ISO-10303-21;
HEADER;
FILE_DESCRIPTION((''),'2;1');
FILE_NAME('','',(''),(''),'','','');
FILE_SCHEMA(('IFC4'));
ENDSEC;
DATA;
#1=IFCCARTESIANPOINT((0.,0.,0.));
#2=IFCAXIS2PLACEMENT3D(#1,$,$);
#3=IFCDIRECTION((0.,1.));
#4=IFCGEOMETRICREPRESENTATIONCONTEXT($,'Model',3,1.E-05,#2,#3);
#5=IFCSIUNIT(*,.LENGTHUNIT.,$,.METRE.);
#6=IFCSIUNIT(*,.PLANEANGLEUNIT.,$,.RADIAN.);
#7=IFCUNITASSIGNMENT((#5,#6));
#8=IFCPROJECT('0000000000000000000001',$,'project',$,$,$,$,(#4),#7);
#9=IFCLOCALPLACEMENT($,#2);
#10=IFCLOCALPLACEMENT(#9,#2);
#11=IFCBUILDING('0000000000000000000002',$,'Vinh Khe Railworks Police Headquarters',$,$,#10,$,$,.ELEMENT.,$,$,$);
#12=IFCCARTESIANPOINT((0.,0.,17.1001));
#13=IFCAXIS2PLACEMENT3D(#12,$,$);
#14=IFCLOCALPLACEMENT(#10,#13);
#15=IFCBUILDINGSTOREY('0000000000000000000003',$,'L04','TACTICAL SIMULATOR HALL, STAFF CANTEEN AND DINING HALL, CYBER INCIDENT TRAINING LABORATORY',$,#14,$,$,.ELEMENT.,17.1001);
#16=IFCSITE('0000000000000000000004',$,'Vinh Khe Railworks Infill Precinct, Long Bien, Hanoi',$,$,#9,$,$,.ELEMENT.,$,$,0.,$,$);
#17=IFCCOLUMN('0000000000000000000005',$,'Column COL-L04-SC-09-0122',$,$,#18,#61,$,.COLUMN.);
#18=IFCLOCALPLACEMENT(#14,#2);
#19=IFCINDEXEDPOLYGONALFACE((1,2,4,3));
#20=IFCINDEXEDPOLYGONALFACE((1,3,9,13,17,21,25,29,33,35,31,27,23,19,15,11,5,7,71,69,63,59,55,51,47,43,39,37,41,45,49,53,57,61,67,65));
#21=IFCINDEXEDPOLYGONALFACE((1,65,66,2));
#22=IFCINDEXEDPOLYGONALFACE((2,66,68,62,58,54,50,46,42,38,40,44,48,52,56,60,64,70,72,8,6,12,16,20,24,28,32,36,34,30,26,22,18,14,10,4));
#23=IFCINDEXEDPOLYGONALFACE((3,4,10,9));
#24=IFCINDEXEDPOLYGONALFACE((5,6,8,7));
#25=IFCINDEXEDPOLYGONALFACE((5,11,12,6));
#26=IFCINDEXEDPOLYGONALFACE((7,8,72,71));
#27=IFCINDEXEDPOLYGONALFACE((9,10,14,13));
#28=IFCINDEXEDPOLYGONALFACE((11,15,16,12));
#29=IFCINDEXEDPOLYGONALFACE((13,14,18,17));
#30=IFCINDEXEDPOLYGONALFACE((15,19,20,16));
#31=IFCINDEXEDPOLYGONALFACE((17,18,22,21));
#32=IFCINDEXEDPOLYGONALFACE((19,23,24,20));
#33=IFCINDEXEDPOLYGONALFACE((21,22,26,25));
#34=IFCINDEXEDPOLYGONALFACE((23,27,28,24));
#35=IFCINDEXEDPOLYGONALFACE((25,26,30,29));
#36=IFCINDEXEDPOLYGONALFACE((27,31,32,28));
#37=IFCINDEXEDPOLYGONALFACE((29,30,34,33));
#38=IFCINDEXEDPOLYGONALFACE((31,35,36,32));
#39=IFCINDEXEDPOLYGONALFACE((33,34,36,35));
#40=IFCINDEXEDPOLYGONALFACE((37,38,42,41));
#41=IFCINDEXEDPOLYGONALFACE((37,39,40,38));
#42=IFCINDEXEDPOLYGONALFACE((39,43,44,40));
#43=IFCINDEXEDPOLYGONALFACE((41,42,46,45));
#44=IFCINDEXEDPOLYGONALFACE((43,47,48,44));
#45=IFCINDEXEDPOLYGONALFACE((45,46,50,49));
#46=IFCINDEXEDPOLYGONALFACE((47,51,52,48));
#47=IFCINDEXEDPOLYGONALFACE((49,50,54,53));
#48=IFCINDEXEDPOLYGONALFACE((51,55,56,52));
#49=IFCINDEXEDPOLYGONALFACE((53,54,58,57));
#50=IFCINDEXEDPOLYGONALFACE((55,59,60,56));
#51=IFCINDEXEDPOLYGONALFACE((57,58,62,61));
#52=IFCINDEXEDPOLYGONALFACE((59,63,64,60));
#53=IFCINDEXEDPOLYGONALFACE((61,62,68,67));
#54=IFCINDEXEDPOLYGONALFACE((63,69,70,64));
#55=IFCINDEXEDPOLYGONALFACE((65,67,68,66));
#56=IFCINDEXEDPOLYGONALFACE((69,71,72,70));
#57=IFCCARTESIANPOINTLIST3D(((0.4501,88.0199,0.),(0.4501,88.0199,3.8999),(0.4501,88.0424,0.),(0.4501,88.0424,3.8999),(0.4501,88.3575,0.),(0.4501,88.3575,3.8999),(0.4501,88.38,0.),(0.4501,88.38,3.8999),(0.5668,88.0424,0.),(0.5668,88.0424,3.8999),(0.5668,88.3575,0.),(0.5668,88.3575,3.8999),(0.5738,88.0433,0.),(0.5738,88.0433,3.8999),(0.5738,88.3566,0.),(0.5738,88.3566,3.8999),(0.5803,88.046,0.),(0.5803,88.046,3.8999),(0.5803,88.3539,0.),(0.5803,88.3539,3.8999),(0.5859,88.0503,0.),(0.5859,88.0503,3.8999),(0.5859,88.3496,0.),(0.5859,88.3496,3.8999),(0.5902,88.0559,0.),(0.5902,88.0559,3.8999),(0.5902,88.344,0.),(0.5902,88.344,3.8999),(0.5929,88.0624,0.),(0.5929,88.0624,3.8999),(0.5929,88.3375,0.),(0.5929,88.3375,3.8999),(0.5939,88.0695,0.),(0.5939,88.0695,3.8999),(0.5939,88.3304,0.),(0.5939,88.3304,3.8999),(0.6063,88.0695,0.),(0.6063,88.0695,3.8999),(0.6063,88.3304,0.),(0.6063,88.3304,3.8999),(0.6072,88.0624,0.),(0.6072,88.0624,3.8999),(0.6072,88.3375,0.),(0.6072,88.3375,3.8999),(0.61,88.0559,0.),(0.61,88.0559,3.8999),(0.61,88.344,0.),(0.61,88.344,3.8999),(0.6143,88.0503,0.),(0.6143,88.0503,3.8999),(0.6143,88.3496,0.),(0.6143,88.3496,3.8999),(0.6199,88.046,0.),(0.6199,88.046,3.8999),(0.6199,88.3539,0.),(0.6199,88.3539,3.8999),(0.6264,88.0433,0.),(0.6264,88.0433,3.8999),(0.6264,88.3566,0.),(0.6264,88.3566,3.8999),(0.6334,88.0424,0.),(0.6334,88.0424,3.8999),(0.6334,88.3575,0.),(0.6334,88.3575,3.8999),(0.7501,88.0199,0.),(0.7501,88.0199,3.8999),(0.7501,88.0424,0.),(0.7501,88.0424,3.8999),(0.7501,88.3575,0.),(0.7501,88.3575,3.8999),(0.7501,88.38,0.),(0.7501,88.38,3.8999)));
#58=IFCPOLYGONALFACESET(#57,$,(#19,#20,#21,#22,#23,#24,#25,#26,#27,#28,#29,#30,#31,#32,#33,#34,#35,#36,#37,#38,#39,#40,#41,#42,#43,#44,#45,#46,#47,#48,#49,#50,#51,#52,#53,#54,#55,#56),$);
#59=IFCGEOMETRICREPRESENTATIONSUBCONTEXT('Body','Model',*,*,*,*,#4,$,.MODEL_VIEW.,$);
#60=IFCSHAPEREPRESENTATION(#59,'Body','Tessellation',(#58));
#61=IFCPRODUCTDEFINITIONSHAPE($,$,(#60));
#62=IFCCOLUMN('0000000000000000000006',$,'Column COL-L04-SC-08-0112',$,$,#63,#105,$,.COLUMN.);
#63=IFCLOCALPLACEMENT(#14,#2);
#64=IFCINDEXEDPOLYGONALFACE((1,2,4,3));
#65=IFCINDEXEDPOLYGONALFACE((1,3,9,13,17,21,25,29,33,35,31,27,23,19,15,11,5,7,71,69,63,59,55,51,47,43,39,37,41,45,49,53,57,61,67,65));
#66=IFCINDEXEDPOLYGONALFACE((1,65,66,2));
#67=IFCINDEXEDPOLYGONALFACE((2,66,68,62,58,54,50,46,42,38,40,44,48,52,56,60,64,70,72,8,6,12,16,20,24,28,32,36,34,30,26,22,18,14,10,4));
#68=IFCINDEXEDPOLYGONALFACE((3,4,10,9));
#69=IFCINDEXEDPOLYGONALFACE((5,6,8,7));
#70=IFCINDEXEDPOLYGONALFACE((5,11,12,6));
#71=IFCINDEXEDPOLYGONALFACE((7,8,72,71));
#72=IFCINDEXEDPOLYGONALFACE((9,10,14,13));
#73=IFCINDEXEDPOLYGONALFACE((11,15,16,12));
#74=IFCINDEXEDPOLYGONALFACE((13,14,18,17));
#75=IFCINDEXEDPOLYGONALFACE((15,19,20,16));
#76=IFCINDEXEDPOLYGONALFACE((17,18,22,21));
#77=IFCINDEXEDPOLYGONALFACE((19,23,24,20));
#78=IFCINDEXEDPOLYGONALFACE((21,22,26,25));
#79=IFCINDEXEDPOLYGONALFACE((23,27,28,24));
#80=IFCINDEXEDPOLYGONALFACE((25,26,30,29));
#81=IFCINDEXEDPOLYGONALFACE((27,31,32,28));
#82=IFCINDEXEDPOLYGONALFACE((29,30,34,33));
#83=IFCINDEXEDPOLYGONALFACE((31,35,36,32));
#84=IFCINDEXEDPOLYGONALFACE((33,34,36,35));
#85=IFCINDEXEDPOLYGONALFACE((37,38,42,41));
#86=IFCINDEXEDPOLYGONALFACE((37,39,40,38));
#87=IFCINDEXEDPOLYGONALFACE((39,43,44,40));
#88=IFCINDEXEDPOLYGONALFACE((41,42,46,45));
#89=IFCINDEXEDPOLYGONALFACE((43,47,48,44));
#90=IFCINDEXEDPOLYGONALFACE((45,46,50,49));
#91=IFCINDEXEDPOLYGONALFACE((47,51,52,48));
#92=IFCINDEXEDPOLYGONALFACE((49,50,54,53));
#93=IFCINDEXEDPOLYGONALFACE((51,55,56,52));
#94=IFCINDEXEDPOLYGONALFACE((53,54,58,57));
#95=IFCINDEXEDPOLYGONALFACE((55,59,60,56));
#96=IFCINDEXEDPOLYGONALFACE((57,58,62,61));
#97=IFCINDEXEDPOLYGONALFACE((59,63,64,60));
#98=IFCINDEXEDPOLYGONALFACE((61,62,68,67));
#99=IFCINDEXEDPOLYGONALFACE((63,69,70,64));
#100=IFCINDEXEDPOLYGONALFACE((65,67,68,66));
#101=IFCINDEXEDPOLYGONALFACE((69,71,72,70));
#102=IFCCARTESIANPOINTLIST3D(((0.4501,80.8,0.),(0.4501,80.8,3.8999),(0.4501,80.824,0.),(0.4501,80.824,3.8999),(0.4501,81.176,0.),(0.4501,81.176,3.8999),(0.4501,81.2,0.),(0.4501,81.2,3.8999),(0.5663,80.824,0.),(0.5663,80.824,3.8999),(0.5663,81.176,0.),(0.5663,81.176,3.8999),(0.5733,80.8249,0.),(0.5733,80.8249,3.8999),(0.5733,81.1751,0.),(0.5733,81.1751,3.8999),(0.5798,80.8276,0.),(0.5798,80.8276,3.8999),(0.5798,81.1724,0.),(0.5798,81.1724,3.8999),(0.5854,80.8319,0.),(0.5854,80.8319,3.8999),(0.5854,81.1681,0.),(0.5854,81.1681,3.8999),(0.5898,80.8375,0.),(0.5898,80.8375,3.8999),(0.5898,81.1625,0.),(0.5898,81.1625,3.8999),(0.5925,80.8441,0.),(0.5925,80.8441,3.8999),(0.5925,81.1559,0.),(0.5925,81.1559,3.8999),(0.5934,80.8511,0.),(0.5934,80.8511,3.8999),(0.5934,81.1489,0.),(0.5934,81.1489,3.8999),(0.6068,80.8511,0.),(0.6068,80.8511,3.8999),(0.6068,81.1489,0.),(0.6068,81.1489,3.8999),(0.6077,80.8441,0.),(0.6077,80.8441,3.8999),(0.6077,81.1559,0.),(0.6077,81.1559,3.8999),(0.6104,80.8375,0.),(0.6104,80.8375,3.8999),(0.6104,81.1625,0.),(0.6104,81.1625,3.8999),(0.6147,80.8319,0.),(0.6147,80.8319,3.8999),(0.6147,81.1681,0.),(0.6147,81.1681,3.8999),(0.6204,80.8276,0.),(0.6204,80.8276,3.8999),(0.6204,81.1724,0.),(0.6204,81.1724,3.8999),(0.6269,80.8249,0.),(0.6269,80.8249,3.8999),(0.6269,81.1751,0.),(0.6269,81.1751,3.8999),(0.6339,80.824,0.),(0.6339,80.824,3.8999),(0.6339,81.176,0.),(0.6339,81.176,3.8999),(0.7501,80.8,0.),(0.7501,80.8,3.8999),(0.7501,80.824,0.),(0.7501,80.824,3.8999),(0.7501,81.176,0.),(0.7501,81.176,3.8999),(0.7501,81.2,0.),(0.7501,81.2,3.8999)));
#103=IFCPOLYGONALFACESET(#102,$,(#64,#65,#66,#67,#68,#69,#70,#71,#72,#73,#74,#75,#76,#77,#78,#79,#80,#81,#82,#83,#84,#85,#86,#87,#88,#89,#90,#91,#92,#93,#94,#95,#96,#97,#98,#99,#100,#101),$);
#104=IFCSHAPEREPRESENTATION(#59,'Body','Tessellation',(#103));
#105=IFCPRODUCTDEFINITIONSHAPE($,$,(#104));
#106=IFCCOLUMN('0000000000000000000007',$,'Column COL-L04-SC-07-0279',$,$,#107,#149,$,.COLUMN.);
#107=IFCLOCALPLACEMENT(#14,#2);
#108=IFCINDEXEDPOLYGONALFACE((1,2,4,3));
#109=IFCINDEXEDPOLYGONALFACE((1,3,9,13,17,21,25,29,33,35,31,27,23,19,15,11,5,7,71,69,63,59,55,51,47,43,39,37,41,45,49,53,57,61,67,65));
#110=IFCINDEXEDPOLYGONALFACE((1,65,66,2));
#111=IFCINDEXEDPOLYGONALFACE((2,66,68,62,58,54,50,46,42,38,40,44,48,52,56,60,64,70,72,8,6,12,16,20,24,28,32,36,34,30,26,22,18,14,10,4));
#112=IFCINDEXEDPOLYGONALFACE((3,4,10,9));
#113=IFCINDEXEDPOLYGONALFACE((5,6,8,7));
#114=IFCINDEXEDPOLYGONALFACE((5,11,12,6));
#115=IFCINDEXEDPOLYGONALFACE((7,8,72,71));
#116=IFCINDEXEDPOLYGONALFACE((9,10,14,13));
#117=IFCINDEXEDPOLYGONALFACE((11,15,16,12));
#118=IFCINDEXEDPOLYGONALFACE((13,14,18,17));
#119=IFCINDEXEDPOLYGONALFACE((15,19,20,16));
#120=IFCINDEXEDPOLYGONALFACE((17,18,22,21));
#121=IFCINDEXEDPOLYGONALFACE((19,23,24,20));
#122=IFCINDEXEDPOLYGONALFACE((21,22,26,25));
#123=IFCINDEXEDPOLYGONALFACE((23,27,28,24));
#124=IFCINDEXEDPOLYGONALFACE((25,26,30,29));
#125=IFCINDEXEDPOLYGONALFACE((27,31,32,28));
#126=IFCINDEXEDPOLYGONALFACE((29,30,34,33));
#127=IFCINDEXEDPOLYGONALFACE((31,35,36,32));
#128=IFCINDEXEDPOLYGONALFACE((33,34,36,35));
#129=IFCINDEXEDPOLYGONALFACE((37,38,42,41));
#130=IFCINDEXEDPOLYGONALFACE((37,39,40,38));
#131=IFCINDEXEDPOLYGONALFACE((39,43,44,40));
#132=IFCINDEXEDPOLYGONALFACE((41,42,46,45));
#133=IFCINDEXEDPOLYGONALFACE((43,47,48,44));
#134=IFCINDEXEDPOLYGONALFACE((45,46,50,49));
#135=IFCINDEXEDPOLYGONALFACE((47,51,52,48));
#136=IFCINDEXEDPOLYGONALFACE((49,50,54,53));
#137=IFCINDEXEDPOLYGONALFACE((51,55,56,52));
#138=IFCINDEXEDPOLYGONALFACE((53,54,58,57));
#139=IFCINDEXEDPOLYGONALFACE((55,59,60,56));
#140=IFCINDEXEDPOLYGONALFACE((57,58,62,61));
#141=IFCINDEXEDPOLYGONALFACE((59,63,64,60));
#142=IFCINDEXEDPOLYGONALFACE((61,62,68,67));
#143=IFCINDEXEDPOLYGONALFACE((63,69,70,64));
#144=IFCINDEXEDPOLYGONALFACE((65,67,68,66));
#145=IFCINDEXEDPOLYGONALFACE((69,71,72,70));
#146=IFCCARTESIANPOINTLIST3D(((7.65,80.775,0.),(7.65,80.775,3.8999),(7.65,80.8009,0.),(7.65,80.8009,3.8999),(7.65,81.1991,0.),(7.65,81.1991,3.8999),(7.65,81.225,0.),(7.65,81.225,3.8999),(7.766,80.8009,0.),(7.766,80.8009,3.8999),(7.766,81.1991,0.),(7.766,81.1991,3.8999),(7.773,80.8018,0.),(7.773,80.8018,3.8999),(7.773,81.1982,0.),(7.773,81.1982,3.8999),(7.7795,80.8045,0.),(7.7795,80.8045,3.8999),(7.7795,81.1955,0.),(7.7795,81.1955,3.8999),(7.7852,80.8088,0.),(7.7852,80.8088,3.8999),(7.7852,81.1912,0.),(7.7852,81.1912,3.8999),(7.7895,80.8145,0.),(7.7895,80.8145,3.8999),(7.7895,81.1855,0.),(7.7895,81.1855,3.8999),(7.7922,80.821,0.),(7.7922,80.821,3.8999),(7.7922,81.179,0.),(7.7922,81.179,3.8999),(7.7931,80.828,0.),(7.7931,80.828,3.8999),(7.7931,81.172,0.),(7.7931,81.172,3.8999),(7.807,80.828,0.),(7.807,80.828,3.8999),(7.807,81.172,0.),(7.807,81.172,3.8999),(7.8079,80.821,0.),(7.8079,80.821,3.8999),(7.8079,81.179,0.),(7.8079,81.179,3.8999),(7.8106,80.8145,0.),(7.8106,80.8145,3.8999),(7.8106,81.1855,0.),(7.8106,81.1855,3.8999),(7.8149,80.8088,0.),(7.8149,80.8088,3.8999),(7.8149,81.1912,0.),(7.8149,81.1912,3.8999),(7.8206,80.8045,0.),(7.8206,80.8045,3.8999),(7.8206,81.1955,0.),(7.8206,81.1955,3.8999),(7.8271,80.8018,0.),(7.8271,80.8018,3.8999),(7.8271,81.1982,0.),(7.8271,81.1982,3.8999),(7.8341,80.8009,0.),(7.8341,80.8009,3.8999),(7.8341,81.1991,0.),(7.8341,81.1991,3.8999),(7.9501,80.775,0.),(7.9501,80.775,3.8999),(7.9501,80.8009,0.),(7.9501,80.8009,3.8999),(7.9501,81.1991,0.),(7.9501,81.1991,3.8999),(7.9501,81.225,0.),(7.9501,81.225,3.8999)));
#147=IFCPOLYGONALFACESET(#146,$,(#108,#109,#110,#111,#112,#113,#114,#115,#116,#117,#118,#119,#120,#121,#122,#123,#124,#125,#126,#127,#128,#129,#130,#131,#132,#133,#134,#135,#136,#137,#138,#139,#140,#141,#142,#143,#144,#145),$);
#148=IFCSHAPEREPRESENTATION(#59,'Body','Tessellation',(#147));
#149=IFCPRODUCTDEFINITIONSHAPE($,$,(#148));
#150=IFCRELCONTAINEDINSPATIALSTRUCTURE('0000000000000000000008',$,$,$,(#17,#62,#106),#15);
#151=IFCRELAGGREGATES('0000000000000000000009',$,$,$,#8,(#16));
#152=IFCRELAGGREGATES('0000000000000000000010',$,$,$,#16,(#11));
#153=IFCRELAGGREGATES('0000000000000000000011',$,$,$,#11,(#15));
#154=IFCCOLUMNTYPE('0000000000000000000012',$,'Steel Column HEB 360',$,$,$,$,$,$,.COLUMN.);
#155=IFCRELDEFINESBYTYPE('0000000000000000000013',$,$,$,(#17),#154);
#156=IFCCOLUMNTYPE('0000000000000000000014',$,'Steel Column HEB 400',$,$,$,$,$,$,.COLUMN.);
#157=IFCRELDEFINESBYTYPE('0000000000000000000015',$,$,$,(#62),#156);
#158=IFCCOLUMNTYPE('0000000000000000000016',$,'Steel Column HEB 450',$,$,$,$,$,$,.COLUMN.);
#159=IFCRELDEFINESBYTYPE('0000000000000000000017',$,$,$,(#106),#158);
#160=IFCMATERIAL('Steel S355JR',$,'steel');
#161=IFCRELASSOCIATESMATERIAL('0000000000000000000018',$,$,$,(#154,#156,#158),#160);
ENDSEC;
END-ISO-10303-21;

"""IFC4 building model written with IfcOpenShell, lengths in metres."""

from ifc_helpers import new_model, si_unit, direction, frame, origin, origin_2d, place, context, subcontext, project, spatial, i_section, extrude, material, material_profile, profile_set, type_object, element, save


model = new_model("IFC4")

# Units and contexts
model_context = context("Model", 3, precision=1e-05, world=origin(), true_north=direction((0.0, 1.0)))
body_context = subcontext(model_context, "Body", "Model", "MODEL_VIEW")
ifc_project = project(units=[si_unit("LENGTHUNIT", "METRE"), si_unit("PLANEANGLEUNIT", "RADIAN")], contexts=[model_context])

# Site, building, storey
site_placement = place(None, origin())
site = spatial("IfcSite", under=ifc_project, at=site_placement, Name="Vinh Khe Railworks Infill Precinct, Long Bien, Hanoi", CompositionType="ELEMENT", RefElevation=0.0)
building_placement = place(site_placement, origin())
building = spatial("IfcBuilding", under=site, at=building_placement, Name="Vinh Khe Railworks Police Headquarters", CompositionType="ELEMENT")
storey_placement = place(building_placement, frame((0.0, 0.0, 17.1001)))
storey = spatial("IfcBuildingStorey", under=building, at=storey_placement, Name="L04", Description="TACTICAL SIMULATOR HALL, STAFF CANTEEN AND DINING HALL, CYBER INCIDENT TRAINING LABORATORY", CompositionType="ELEMENT", Elevation=17.1001)

# Columns
ifc_material_1 = material(Name="Steel S355JR", Category="steel")
ifc_material_profile_1 = material_profile(ifc_material_1, i_section(OverallWidth=0.3, OverallDepth=0.3601, WebThickness=0.0125, FlangeThickness=0.0225, FilletRadius=0.0271, at=origin_2d()), Name="HEB 360")
ifc_profile_set_1 = profile_set([ifc_material_profile_1], Name="Steel S355JR")
column_type_1 = type_object("IfcColumnType", Name="Steel Column HEB 360", PredefinedType="COLUMN", material=ifc_profile_set_1)
column_1_placement = place(storey_placement, frame((0.6001, 88.2, 0.0), z_axis=(0.0, 0.0, 1.0), x_axis=(1.0, 0.0, 0.0)))
element("IfcColumn", 1, at=column_1_placement, inside=storey, type_object=column_type_1, Name="Column COL-L04-SC-09-0122", PredefinedType="COLUMN", context=body_context, shape_type="SweptSolid", body=[
    extrude(i_section(OverallWidth=0.3, OverallDepth=0.3601, WebThickness=0.0125, FlangeThickness=0.0225, FilletRadius=0.0271, at=origin_2d()), origin(), (0.0, 0.0, 1.0), 3.8999),
])
ifc_material_profile_2 = material_profile(ifc_material_1, i_section(OverallWidth=0.3, OverallDepth=0.3999, WebThickness=0.0134, FlangeThickness=0.0239, FilletRadius=0.0271, at=origin_2d()), Name="HEB 400")
ifc_profile_set_2 = profile_set([ifc_material_profile_2], Name="Steel S355JR")
column_type_2 = type_object("IfcColumnType", Name="Steel Column HEB 400", PredefinedType="COLUMN", material=ifc_profile_set_2)
column_2_placement = place(storey_placement, frame((0.6001, 81.0, 0.0), z_axis=(0.0, 0.0, 1.0), x_axis=(1.0, 0.0, 0.0)))
element("IfcColumn", 2, at=column_2_placement, inside=storey, type_object=column_type_2, Name="Column COL-L04-SC-08-0112", PredefinedType="COLUMN", context=body_context, shape_type="SweptSolid", body=[
    extrude(i_section(OverallWidth=0.3, OverallDepth=0.3999, WebThickness=0.0134, FlangeThickness=0.0239, FilletRadius=0.0271, at=origin_2d()), origin(), (0.0, 0.0, 1.0), 3.8999),
])
ifc_material_profile_3 = material_profile(ifc_material_1, i_section(OverallWidth=0.3, OverallDepth=0.45, WebThickness=0.0139, FlangeThickness=0.0259, FilletRadius=0.0271, at=origin_2d()), Name="HEB 450")
ifc_profile_set_3 = profile_set([ifc_material_profile_3], Name="Steel S355JR")
column_type_3 = type_object("IfcColumnType", Name="Steel Column HEB 450", PredefinedType="COLUMN", material=ifc_profile_set_3)
column_3_placement = place(storey_placement, frame((7.8, 81.0, 0.0), z_axis=(0.0, 0.0, 1.0), x_axis=(1.0, 0.0, 0.0)))
element("IfcColumn", 3, at=column_3_placement, inside=storey, type_object=column_type_3, Name="Column COL-L04-SC-07-0279", PredefinedType="COLUMN", context=body_context, shape_type="SweptSolid", body=[
    extrude(i_section(OverallWidth=0.3, OverallDepth=0.45, WebThickness=0.0139, FlangeThickness=0.0259, FilletRadius=0.0271, at=origin_2d()), origin(), (0.0, 0.0, 1.0), 3.8999),
])

save(model, "model.ifc")
